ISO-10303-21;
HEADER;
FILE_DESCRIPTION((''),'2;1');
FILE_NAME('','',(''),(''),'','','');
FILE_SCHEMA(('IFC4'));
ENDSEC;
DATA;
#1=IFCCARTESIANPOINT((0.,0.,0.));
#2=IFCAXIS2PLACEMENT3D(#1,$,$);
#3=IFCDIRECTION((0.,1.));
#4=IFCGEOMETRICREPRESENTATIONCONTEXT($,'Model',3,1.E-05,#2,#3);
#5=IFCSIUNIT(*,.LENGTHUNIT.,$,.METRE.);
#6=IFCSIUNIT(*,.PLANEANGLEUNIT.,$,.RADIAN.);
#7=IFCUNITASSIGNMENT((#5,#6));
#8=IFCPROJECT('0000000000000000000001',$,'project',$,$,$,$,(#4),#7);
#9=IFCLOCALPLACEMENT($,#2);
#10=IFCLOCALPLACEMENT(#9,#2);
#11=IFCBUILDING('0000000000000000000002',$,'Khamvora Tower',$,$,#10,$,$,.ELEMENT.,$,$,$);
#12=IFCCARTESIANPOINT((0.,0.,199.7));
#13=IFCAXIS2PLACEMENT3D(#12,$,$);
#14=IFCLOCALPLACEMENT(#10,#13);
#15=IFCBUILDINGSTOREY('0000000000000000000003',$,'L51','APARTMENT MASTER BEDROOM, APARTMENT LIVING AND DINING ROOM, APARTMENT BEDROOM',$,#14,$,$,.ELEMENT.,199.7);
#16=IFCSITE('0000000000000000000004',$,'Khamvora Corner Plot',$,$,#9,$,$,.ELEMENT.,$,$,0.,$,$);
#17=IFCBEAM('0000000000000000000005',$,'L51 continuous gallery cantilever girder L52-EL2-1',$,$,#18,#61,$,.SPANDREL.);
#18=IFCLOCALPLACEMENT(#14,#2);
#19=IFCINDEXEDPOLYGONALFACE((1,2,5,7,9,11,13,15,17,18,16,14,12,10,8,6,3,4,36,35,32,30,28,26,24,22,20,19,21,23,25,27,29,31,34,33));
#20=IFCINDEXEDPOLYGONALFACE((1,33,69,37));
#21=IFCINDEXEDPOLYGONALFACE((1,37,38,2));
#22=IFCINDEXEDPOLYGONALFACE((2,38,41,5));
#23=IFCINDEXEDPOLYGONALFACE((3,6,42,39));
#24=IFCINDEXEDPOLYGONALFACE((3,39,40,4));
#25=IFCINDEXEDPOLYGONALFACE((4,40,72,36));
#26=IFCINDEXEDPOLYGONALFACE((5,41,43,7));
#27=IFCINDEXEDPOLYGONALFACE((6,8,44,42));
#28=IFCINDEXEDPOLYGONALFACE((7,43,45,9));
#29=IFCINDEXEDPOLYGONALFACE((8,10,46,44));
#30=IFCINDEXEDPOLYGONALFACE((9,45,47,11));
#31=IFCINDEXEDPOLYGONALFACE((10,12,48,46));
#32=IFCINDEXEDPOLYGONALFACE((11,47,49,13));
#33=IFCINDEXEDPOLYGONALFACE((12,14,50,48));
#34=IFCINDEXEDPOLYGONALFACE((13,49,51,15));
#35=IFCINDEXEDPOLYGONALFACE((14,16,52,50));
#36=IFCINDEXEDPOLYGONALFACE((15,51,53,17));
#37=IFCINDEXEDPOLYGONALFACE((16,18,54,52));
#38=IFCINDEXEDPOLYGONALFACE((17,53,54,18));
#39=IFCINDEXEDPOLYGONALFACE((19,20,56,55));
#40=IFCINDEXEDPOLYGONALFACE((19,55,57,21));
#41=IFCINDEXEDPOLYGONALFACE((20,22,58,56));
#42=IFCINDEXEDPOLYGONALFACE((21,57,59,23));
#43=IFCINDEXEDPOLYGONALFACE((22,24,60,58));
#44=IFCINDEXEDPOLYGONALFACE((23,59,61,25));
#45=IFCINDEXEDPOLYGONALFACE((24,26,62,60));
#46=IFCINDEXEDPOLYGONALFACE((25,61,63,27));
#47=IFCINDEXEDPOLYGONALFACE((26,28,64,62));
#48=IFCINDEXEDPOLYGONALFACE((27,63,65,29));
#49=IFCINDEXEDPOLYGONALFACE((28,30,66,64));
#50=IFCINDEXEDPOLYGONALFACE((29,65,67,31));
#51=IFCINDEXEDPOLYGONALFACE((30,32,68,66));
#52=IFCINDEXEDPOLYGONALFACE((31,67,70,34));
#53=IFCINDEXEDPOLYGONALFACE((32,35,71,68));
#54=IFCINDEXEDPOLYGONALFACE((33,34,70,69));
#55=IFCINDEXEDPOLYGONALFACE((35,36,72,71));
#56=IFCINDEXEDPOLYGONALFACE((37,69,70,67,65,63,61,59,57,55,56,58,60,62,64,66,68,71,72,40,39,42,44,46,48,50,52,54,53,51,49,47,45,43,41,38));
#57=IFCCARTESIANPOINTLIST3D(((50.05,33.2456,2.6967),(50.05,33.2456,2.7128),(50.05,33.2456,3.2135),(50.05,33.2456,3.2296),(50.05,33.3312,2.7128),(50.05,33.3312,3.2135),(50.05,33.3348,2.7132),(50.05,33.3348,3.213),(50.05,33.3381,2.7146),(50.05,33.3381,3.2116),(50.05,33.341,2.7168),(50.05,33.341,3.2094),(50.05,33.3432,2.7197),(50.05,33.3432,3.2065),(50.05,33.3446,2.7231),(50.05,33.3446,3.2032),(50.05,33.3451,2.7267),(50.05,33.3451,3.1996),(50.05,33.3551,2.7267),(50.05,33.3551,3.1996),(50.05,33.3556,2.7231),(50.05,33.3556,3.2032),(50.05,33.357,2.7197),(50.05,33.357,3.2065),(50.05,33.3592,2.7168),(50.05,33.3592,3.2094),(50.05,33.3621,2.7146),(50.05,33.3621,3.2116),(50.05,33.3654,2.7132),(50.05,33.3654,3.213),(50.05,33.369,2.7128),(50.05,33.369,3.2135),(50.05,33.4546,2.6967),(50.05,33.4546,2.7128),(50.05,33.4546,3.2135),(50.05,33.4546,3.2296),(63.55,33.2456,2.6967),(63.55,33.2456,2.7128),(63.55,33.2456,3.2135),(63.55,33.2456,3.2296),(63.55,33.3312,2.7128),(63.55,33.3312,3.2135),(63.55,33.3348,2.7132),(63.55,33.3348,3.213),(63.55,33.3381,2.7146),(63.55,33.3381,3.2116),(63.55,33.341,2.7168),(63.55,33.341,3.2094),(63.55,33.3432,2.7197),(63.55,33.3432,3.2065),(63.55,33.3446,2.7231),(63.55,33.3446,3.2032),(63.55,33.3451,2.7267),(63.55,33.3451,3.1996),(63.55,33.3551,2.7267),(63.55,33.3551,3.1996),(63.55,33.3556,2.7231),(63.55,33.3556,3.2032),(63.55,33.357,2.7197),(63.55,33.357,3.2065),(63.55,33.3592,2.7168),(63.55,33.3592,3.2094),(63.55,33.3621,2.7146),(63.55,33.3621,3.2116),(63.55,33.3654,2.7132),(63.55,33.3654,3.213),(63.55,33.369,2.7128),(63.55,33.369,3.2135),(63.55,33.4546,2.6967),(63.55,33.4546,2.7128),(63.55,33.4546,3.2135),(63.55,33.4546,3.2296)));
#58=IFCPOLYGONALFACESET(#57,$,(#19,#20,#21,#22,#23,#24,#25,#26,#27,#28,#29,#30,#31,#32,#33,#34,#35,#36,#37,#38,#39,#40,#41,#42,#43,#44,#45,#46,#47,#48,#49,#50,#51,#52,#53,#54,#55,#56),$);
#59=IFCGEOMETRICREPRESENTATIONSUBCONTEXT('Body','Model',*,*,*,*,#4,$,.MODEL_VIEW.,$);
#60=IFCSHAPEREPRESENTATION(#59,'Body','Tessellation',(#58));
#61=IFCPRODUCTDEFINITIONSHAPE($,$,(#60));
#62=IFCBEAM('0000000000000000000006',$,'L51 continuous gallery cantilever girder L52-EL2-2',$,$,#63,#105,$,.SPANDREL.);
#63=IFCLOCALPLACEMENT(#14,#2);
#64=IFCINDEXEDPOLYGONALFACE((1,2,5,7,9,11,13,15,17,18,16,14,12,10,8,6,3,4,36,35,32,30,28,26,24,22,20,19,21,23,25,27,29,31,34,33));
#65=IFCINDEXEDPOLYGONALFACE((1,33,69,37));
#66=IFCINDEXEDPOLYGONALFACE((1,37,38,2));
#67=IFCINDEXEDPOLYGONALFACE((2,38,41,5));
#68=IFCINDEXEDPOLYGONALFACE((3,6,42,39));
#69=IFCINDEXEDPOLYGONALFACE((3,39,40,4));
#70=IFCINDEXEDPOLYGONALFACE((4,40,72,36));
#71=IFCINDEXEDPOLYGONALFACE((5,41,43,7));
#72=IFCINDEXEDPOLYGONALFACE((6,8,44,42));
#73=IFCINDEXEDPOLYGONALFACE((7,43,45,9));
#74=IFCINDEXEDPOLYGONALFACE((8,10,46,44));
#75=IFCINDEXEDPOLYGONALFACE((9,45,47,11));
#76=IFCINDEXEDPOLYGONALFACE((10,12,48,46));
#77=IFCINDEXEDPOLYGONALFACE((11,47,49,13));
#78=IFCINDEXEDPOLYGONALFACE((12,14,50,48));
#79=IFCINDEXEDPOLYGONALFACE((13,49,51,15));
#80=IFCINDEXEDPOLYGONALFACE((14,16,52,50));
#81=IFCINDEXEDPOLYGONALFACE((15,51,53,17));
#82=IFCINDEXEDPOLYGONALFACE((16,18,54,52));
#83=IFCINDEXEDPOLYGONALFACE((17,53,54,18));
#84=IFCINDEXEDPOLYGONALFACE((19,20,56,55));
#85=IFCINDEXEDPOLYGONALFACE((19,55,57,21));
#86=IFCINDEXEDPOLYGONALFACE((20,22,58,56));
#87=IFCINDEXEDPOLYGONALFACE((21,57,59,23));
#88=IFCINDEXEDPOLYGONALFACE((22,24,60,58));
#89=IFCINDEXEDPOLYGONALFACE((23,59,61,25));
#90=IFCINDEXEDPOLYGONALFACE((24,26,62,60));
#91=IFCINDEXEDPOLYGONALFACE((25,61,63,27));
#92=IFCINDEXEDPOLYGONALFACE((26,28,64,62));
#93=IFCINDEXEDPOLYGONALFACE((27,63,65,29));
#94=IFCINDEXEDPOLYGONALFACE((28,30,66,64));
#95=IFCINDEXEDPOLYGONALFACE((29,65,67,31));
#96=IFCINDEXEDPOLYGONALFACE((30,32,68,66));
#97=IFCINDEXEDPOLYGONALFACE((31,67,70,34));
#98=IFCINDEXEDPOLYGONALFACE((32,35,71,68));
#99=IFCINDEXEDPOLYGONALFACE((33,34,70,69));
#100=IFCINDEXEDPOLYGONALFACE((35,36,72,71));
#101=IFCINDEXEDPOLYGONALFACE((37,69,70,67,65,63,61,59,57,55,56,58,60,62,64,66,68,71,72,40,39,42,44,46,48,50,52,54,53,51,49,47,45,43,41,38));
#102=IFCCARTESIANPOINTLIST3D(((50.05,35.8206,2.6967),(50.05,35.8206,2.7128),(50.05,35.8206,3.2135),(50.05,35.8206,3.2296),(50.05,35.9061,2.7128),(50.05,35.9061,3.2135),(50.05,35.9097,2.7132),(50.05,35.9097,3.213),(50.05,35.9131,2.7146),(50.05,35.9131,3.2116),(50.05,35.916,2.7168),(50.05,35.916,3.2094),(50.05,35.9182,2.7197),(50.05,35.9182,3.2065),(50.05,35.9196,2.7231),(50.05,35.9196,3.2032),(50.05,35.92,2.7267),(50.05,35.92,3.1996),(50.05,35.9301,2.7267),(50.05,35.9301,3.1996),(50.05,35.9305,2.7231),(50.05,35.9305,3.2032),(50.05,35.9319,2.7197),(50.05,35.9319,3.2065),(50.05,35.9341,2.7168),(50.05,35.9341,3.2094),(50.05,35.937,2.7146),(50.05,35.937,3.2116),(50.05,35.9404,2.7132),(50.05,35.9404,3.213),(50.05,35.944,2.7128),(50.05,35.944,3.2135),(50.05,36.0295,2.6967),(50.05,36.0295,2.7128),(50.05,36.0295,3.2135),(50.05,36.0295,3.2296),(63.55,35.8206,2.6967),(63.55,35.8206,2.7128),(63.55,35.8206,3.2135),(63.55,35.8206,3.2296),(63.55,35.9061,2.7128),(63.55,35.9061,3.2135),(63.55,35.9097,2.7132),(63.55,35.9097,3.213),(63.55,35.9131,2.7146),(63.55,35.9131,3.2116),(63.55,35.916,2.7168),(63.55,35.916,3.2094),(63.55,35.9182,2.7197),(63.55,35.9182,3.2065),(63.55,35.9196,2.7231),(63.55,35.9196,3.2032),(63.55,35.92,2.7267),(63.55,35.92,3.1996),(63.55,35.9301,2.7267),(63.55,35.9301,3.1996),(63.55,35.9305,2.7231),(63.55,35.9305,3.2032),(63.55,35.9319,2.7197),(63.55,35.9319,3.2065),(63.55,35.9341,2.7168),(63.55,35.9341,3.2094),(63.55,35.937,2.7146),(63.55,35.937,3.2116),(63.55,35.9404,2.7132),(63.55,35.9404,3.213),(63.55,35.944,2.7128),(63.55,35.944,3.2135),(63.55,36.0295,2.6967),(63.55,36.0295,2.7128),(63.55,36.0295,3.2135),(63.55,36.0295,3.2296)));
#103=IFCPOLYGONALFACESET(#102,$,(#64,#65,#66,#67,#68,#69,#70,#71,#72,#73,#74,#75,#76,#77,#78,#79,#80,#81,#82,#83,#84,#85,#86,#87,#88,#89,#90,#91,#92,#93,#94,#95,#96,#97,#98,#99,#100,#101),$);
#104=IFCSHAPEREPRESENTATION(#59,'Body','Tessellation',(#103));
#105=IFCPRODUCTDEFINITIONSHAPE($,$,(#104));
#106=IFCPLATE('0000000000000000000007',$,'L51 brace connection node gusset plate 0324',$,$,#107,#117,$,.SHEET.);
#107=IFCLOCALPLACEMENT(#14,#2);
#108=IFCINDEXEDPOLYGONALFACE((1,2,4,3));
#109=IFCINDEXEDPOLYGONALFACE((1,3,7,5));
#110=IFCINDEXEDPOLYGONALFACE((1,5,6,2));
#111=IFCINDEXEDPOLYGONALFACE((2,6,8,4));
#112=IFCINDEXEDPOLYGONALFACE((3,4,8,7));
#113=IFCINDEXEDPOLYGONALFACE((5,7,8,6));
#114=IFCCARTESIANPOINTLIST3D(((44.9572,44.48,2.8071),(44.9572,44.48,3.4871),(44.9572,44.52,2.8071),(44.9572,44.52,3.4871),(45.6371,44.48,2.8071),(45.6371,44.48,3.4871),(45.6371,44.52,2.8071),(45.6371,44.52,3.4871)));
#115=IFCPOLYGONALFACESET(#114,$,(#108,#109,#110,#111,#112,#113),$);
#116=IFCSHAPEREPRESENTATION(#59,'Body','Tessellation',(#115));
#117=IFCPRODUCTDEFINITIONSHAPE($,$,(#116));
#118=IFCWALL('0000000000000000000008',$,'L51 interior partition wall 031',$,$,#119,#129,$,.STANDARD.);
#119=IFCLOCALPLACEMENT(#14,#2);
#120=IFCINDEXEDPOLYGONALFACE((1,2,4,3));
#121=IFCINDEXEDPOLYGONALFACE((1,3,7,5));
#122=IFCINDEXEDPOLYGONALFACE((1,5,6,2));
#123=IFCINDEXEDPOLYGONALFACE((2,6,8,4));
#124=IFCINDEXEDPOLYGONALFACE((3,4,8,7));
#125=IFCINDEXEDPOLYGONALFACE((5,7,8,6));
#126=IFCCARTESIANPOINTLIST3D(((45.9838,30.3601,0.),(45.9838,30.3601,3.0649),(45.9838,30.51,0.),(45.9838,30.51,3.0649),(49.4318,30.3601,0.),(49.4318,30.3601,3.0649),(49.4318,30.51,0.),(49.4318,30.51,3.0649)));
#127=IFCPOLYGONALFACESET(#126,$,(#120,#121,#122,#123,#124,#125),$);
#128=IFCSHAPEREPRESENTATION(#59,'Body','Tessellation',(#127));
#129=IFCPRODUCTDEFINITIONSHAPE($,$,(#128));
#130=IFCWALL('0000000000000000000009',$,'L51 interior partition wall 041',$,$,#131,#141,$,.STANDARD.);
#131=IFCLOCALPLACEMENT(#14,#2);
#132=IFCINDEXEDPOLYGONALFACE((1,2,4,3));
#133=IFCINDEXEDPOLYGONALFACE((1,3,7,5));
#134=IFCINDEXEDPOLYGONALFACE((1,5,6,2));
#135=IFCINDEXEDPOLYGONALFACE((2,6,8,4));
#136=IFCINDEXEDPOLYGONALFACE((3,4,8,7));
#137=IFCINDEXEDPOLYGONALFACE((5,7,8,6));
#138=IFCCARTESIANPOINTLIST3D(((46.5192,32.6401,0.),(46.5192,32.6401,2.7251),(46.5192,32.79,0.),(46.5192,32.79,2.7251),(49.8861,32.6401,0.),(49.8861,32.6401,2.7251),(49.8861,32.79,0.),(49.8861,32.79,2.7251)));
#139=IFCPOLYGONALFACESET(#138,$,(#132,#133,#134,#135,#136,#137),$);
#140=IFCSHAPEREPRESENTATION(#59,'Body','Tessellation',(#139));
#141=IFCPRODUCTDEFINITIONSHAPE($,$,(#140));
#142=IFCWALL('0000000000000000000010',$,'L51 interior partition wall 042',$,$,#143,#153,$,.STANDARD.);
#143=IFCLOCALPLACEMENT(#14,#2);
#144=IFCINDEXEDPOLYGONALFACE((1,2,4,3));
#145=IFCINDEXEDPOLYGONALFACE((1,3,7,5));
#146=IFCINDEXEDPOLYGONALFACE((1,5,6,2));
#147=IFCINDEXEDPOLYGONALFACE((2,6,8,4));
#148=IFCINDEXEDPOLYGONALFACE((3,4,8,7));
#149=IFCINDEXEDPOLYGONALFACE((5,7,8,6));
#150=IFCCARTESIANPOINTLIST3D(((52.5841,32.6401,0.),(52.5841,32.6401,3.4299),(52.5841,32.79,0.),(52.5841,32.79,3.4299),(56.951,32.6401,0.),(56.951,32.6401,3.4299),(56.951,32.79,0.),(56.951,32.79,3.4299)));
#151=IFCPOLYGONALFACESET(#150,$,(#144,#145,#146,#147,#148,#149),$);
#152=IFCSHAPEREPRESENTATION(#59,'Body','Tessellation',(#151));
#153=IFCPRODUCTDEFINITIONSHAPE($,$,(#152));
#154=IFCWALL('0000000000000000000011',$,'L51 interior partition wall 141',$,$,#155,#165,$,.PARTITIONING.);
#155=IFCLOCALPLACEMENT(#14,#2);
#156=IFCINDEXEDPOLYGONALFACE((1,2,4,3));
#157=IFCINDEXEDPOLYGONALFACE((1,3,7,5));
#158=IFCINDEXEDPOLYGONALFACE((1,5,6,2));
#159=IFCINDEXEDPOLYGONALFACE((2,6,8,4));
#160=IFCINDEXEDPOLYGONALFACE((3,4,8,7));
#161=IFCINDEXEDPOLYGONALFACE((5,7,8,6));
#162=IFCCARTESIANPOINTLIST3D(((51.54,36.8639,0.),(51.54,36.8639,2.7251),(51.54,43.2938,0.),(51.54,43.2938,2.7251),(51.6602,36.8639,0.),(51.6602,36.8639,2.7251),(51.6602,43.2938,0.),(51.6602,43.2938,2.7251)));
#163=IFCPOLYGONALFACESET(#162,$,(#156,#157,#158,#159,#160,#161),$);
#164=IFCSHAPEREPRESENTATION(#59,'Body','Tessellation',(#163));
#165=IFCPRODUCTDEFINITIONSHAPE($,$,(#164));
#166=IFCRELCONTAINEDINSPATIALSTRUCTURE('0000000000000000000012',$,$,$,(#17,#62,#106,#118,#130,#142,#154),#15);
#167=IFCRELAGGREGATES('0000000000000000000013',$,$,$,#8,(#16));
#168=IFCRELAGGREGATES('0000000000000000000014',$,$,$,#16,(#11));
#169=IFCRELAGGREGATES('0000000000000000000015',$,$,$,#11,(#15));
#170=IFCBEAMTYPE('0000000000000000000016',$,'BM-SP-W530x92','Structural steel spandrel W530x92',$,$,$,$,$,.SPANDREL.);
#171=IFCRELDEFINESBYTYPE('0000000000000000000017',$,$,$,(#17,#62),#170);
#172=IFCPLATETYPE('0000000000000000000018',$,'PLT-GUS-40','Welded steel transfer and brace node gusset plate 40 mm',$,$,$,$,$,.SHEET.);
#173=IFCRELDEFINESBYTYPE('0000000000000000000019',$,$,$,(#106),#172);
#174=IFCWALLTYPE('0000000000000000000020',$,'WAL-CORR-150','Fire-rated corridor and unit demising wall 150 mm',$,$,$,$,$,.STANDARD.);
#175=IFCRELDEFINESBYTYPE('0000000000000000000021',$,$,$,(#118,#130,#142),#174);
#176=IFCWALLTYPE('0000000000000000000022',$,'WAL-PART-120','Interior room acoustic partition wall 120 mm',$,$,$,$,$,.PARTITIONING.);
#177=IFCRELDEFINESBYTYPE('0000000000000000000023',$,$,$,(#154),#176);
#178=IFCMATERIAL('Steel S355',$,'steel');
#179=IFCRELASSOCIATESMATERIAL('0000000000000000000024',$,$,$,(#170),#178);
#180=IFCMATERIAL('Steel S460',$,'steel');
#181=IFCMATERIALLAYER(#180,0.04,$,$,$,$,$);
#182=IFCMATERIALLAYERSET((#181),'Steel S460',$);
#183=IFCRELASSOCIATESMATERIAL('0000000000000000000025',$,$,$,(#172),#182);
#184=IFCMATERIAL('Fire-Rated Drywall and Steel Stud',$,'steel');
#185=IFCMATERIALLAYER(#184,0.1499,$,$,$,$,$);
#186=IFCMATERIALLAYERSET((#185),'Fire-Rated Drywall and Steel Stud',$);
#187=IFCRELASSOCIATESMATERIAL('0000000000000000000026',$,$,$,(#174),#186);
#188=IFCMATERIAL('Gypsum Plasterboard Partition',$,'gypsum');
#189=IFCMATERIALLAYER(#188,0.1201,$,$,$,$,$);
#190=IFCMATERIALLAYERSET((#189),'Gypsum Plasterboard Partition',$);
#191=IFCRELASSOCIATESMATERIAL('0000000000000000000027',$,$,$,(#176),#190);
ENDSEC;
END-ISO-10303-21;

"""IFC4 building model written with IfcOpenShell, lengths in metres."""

from ifc_helpers import new_model, si_unit, direction, frame, frame_2d, origin, origin_2d, place, context, subcontext, project, spatial, rectangle, i_section, extrude, material, layer, layer_set, material_profile, profile_set, type_object, element, save


model = new_model("IFC4")

# Units and contexts
model_context = context("Model", 3, precision=1e-05, world=origin(), true_north=direction((0.0, 1.0)))
body_context = subcontext(model_context, "Body", "Model", "MODEL_VIEW")
ifc_project = project(units=[si_unit("LENGTHUNIT", "METRE"), si_unit("PLANEANGLEUNIT", "RADIAN")], contexts=[model_context])

# Site, building, storey
site_placement = place(None, origin())
site = spatial("IfcSite", under=ifc_project, at=site_placement, Name="Khamvora Corner Plot", CompositionType="ELEMENT", RefElevation=0.0)
building_placement = place(site_placement, origin())
building = spatial("IfcBuilding", under=site, at=building_placement, Name="Khamvora Tower", CompositionType="ELEMENT")
storey_placement = place(building_placement, frame((0.0, 0.0, 199.7)))
storey = spatial("IfcBuildingStorey", under=building, at=storey_placement, Name="L51", Description="APARTMENT MASTER BEDROOM, APARTMENT LIVING AND DINING ROOM, APARTMENT BEDROOM", CompositionType="ELEMENT", Elevation=199.7)

# Shared definitions
ifc_material_1 = material(Name="Steel S355", Category="steel")

# Beams
ifc_material_profile_1 = material_profile(ifc_material_1, i_section(OverallWidth=0.209, OverallDepth=0.533, WebThickness=0.01, FlangeThickness=0.0161, FilletRadius=0.0139, at=origin_2d()), Name="W530x92")
ifc_profile_set_1 = profile_set([ifc_material_profile_1], Name="Steel S355")
beam_type_1 = type_object("IfcBeamType", Name="BM-SP-W530x92", Description="Structural steel spandrel W530x92", PredefinedType="SPANDREL", material=ifc_profile_set_1)
for number, where, z_axis, x_axis, name in (
    (1, (50.05, 33.3501, 2.9631), (1.0, 0.0, 0.0), (0.0, 1.0, 0.0), "L51 continuous gallery cantilever girder L52-EL2-1"),
    (2, (50.05, 35.925, 2.9631), (1.0, 0.0, 0.0), (0.0, 1.0, 0.0), "L51 continuous gallery cantilever girder L52-EL2-2"),
):
    element("IfcBeam", number, at=place(storey_placement, frame(where, z_axis=z_axis, x_axis=x_axis)), inside=storey, type_object=beam_type_1, Name=name, PredefinedType="SPANDREL", context=body_context, shape_type="SweptSolid", body=[
        extrude(i_section(OverallWidth=0.209, OverallDepth=0.533, WebThickness=0.01, FlangeThickness=0.0161, FilletRadius=0.0139, at=origin_2d()), origin(), (0.0, 0.0, 1.0), 13.5),
    ])

# Plate
ifc_material_2 = material(Name="Steel S460", Category="steel")
ifc_layer_1 = layer(ifc_material_2, 0.04)
ifc_layer_set_1 = layer_set([ifc_layer_1], Name="Steel S460")
plate_type = type_object("IfcPlateType", Name="PLT-GUS-40", Description="Welded steel transfer and brace node gusset plate 40 mm", PredefinedType="SHEET", material=ifc_layer_set_1)
plate_placement = place(storey_placement, frame((45.2971, 44.5, 2.8071), z_axis=(0.0, 0.0, 1.0), x_axis=(1.0, 0.0, 0.0)))
element("IfcPlate", 3, at=plate_placement, inside=storey, type_object=plate_type, Name="L51 brace connection node gusset plate 0324", PredefinedType="SHEET", context=body_context, shape_type="SweptSolid", body=[
    extrude(rectangle(XDim=0.6799, YDim=0.04, at=origin_2d()), origin(), (0.0, 0.0, 1.0), 0.6799),
])

# Wall
ifc_material_3 = material(Name="Fire-Rated Drywall and Steel Stud", Category="steel")
ifc_layer_2 = layer(ifc_material_3, 0.1499)
ifc_layer_set_2 = layer_set([ifc_layer_2], Name="Fire-Rated Drywall and Steel Stud")
wall_type_1 = type_object("IfcWallType", Name="WAL-CORR-150", Description="Fire-rated corridor and unit demising wall 150 mm", PredefinedType="STANDARD", material=ifc_layer_set_2)
wall_1_placement = place(storey_placement, frame((49.4319, 30.4351, 0.0), z_axis=(0.0, 0.0, 1.0), x_axis=(-1.0, 0.0, 0.0)))
element("IfcWall", 4, at=wall_1_placement, inside=storey, type_object=wall_type_1, Name="L51 interior partition wall 031", PredefinedType="STANDARD", context=body_context, shape_type="SweptSolid", body=[
    extrude(rectangle(XDim=3.448, YDim=0.1499, at=frame_2d((1.7241, 0.0))), origin(), (0.0, 0.0, 1.0), 3.0649),
])

# Walls
wall_2_placement = place(storey_placement, frame((46.519, 32.7151, 0.0), z_axis=(0.0, 0.0, 1.0), x_axis=(1.0, 0.0, 0.0)))
element("IfcWall", 5, at=wall_2_placement, inside=storey, type_object=wall_type_1, Name="L51 interior partition wall 041", PredefinedType="STANDARD", context=body_context, shape_type="SweptSolid", body=[
    extrude(rectangle(XDim=3.3669, YDim=0.1499, at=frame_2d((1.6836, 0.0))), origin(), (0.0, 0.0, 1.0), 2.7251),
])
wall_3_placement = place(storey_placement, frame((52.584, 32.7151, 0.0), z_axis=(0.0, 0.0, 1.0), x_axis=(1.0, 0.0, 0.0)))
element("IfcWall", 6, at=wall_3_placement, inside=storey, type_object=wall_type_1, Name="L51 interior partition wall 042", PredefinedType="STANDARD", context=body_context, shape_type="SweptSolid", body=[
    extrude(rectangle(XDim=4.3669, YDim=0.1499, at=frame_2d((2.1836, 0.0))), origin(), (0.0, 0.0, 1.0), 3.4299),
])
ifc_material_4 = material(Name="Gypsum Plasterboard Partition", Category="gypsum")
ifc_layer_3 = layer(ifc_material_4, 0.1201)
ifc_layer_set_3 = layer_set([ifc_layer_3], Name="Gypsum Plasterboard Partition")
wall_type_2 = type_object("IfcWallType", Name="WAL-PART-120", Description="Interior room acoustic partition wall 120 mm", PredefinedType="PARTITIONING", material=ifc_layer_set_3)
wall_4_placement = place(storey_placement, frame((51.6001, 36.864, 0.0), z_axis=(0.0, 0.0, 1.0), x_axis=(0.0, 1.0, 0.0)))
element("IfcWall", 7, at=wall_4_placement, inside=storey, type_object=wall_type_2, Name="L51 interior partition wall 141", PredefinedType="PARTITIONING", context=body_context, shape_type="SweptSolid", body=[
    extrude(rectangle(XDim=6.4299, YDim=0.1201, at=frame_2d((3.2148, 0.0))), origin(), (0.0, 0.0, 1.0), 2.7251),
])

save(model, "model.ifc")
